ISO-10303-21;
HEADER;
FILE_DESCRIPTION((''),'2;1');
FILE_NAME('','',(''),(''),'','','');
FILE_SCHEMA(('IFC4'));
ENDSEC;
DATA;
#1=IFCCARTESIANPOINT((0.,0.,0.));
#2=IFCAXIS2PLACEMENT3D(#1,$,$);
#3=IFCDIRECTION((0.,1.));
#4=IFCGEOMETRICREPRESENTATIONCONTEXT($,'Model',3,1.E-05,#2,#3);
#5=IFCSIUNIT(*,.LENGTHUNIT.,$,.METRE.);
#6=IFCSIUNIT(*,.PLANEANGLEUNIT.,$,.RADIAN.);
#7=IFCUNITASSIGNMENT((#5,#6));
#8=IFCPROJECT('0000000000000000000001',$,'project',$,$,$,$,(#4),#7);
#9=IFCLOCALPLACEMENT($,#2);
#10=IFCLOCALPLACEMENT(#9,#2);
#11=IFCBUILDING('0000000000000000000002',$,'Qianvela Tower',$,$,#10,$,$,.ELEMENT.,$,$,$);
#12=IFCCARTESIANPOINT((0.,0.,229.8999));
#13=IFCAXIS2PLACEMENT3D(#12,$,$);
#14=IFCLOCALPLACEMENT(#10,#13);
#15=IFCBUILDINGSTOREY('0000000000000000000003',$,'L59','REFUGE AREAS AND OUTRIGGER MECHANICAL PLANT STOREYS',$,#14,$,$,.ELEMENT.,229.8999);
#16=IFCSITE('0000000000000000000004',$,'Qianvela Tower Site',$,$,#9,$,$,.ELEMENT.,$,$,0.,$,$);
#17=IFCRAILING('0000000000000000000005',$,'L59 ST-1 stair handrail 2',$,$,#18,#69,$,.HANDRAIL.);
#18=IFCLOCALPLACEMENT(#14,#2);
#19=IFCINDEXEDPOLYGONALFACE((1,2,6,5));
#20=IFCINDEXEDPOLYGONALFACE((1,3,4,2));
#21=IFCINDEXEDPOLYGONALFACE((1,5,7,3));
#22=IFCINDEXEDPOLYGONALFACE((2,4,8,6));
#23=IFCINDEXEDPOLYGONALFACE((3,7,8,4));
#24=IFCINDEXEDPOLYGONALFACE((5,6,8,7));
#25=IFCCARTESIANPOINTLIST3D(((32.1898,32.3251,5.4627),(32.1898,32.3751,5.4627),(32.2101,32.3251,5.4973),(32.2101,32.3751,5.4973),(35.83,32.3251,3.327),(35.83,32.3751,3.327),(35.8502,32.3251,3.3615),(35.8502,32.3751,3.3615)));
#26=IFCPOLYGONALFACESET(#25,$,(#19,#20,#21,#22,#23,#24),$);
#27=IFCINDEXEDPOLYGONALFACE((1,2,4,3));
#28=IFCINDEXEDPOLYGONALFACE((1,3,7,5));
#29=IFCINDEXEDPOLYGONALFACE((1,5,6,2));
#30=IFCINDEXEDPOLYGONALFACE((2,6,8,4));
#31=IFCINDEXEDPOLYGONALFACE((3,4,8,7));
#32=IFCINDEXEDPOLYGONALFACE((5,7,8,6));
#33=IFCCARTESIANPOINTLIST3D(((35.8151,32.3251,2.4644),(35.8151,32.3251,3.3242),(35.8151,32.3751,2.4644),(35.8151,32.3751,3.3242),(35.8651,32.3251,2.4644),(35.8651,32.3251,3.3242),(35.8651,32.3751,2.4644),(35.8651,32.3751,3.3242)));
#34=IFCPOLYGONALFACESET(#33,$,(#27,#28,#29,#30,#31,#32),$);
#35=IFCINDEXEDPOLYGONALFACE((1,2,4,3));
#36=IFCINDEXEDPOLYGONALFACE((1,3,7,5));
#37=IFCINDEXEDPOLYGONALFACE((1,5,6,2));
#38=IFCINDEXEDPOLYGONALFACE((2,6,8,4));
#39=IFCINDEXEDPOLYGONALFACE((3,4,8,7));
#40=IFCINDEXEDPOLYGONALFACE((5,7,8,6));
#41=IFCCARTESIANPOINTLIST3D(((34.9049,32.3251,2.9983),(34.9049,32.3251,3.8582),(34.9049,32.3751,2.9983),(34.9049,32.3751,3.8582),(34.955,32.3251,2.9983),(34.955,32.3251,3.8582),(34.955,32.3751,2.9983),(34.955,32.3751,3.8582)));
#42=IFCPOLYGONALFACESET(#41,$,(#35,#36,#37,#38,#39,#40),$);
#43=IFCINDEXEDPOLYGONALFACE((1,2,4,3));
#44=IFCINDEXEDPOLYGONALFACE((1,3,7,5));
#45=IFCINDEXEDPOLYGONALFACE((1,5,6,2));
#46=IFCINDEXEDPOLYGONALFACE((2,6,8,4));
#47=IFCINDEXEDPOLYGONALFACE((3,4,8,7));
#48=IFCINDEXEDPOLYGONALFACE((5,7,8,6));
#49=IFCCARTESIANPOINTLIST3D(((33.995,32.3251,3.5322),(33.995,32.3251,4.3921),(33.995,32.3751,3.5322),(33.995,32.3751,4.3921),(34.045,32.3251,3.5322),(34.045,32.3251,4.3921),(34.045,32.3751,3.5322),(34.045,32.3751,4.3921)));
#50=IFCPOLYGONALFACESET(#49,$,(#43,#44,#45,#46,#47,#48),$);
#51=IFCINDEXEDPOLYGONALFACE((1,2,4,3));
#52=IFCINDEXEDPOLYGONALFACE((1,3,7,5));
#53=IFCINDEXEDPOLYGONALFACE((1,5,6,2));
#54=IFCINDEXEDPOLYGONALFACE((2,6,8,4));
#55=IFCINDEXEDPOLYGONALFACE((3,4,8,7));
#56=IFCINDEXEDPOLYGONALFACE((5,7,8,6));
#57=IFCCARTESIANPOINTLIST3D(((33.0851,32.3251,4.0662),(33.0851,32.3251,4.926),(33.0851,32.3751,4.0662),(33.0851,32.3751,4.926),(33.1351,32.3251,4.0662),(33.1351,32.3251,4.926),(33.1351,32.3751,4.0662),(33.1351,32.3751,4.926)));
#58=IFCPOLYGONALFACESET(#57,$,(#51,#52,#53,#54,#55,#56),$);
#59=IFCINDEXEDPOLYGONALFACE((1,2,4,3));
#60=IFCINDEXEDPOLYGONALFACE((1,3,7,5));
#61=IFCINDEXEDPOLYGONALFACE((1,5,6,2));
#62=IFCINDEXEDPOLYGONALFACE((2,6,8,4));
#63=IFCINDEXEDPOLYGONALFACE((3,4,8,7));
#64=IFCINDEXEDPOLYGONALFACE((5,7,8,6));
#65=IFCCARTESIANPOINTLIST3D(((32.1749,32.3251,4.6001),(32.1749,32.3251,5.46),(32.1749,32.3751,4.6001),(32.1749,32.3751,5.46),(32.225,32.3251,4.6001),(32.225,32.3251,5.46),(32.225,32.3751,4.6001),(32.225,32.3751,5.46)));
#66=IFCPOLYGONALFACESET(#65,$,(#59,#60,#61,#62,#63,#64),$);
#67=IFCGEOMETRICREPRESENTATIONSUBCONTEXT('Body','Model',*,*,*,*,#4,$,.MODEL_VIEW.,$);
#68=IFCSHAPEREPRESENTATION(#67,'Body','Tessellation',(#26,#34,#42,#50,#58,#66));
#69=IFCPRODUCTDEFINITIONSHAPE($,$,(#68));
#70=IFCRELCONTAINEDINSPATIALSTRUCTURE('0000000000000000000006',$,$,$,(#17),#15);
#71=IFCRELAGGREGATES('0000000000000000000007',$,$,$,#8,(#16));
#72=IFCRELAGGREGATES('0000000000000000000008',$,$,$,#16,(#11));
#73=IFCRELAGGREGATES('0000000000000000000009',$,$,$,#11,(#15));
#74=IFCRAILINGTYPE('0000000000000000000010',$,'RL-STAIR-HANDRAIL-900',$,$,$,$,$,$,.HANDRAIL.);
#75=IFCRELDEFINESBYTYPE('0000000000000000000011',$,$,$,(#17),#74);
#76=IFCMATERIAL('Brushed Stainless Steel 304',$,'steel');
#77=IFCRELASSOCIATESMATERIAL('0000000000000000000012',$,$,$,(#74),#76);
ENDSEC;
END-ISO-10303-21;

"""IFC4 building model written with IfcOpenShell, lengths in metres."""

from ifc_helpers import new_model, si_unit, direction, frame, origin, origin_2d, place, context, subcontext, project, spatial, rectangle, extrude, material, type_object, element, save


model = new_model("IFC4")

# Units and contexts
model_context = context("Model", 3, precision=1e-05, world=origin(), true_north=direction((0.0, 1.0)))
body_context = subcontext(model_context, "Body", "Model", "MODEL_VIEW")
ifc_project = project(units=[si_unit("LENGTHUNIT", "METRE"), si_unit("PLANEANGLEUNIT", "RADIAN")], contexts=[model_context])

# Site, building, storey
site_placement = place(None, origin())
site = spatial("IfcSite", under=ifc_project, at=site_placement, Name="Qianvela Tower Site", CompositionType="ELEMENT", RefElevation=0.0)
building_placement = place(site_placement, origin())
building = spatial("IfcBuilding", under=site, at=building_placement, Name="Qianvela Tower", CompositionType="ELEMENT")
storey_placement = place(building_placement, frame((0.0, 0.0, 229.8999)))
storey = spatial("IfcBuildingStorey", under=building, at=storey_placement, Name="L59", Description="REFUGE AREAS AND OUTRIGGER MECHANICAL PLANT STOREYS", CompositionType="ELEMENT", Elevation=229.8999)

# Railing
ifc_material_1 = material(Name="Brushed Stainless Steel 304", Category="steel")
railing_type_1 = type_object("IfcRailingType", Name="RL-STAIR-HANDRAIL-900", PredefinedType="HANDRAIL", material=ifc_material_1)
railing_1_placement = place(storey_placement, frame((35.8401, 32.3501, 2.4644)))
element("IfcRailing", 1, at=railing_1_placement, inside=storey, type_object=railing_type_1, Name="L59 ST-1 stair handrail 2", PredefinedType="HANDRAIL", context=body_context, shape_type="SweptSolid", body=[
    extrude(rectangle(XDim=0.05, YDim=0.04, at=origin_2d()), frame((0.0, 0.0, 0.8799), z_axis=(-0.862505, 0.0, 0.506049), x_axis=(0.0, -1.0, 0.0)), (0.0, 0.0, 1.0), 4.2205),
    extrude(rectangle(XDim=0.05, YDim=0.05, at=origin_2d()), origin(), (0.0, 0.0, 1.0), 0.8599),
    extrude(rectangle(XDim=0.05, YDim=0.05, at=origin_2d()), frame((-0.9102, 0.0, 0.5339)), (0.0, 0.0, 1.0), 0.8599),
    extrude(rectangle(XDim=0.05, YDim=0.05, at=origin_2d()), frame((-1.8201, 0.0, 1.0679)), (0.0, 0.0, 1.0), 0.8599),
    extrude(rectangle(XDim=0.05, YDim=0.05, at=origin_2d()), frame((-2.73, 0.0, 1.6018)), (0.0, 0.0, 1.0), 0.8599),
    extrude(rectangle(XDim=0.05, YDim=0.05, at=origin_2d()), frame((-3.6401, 0.0, 2.1357)), (0.0, 0.0, 1.0), 0.8599),
])

save(model, "model.ifc")
